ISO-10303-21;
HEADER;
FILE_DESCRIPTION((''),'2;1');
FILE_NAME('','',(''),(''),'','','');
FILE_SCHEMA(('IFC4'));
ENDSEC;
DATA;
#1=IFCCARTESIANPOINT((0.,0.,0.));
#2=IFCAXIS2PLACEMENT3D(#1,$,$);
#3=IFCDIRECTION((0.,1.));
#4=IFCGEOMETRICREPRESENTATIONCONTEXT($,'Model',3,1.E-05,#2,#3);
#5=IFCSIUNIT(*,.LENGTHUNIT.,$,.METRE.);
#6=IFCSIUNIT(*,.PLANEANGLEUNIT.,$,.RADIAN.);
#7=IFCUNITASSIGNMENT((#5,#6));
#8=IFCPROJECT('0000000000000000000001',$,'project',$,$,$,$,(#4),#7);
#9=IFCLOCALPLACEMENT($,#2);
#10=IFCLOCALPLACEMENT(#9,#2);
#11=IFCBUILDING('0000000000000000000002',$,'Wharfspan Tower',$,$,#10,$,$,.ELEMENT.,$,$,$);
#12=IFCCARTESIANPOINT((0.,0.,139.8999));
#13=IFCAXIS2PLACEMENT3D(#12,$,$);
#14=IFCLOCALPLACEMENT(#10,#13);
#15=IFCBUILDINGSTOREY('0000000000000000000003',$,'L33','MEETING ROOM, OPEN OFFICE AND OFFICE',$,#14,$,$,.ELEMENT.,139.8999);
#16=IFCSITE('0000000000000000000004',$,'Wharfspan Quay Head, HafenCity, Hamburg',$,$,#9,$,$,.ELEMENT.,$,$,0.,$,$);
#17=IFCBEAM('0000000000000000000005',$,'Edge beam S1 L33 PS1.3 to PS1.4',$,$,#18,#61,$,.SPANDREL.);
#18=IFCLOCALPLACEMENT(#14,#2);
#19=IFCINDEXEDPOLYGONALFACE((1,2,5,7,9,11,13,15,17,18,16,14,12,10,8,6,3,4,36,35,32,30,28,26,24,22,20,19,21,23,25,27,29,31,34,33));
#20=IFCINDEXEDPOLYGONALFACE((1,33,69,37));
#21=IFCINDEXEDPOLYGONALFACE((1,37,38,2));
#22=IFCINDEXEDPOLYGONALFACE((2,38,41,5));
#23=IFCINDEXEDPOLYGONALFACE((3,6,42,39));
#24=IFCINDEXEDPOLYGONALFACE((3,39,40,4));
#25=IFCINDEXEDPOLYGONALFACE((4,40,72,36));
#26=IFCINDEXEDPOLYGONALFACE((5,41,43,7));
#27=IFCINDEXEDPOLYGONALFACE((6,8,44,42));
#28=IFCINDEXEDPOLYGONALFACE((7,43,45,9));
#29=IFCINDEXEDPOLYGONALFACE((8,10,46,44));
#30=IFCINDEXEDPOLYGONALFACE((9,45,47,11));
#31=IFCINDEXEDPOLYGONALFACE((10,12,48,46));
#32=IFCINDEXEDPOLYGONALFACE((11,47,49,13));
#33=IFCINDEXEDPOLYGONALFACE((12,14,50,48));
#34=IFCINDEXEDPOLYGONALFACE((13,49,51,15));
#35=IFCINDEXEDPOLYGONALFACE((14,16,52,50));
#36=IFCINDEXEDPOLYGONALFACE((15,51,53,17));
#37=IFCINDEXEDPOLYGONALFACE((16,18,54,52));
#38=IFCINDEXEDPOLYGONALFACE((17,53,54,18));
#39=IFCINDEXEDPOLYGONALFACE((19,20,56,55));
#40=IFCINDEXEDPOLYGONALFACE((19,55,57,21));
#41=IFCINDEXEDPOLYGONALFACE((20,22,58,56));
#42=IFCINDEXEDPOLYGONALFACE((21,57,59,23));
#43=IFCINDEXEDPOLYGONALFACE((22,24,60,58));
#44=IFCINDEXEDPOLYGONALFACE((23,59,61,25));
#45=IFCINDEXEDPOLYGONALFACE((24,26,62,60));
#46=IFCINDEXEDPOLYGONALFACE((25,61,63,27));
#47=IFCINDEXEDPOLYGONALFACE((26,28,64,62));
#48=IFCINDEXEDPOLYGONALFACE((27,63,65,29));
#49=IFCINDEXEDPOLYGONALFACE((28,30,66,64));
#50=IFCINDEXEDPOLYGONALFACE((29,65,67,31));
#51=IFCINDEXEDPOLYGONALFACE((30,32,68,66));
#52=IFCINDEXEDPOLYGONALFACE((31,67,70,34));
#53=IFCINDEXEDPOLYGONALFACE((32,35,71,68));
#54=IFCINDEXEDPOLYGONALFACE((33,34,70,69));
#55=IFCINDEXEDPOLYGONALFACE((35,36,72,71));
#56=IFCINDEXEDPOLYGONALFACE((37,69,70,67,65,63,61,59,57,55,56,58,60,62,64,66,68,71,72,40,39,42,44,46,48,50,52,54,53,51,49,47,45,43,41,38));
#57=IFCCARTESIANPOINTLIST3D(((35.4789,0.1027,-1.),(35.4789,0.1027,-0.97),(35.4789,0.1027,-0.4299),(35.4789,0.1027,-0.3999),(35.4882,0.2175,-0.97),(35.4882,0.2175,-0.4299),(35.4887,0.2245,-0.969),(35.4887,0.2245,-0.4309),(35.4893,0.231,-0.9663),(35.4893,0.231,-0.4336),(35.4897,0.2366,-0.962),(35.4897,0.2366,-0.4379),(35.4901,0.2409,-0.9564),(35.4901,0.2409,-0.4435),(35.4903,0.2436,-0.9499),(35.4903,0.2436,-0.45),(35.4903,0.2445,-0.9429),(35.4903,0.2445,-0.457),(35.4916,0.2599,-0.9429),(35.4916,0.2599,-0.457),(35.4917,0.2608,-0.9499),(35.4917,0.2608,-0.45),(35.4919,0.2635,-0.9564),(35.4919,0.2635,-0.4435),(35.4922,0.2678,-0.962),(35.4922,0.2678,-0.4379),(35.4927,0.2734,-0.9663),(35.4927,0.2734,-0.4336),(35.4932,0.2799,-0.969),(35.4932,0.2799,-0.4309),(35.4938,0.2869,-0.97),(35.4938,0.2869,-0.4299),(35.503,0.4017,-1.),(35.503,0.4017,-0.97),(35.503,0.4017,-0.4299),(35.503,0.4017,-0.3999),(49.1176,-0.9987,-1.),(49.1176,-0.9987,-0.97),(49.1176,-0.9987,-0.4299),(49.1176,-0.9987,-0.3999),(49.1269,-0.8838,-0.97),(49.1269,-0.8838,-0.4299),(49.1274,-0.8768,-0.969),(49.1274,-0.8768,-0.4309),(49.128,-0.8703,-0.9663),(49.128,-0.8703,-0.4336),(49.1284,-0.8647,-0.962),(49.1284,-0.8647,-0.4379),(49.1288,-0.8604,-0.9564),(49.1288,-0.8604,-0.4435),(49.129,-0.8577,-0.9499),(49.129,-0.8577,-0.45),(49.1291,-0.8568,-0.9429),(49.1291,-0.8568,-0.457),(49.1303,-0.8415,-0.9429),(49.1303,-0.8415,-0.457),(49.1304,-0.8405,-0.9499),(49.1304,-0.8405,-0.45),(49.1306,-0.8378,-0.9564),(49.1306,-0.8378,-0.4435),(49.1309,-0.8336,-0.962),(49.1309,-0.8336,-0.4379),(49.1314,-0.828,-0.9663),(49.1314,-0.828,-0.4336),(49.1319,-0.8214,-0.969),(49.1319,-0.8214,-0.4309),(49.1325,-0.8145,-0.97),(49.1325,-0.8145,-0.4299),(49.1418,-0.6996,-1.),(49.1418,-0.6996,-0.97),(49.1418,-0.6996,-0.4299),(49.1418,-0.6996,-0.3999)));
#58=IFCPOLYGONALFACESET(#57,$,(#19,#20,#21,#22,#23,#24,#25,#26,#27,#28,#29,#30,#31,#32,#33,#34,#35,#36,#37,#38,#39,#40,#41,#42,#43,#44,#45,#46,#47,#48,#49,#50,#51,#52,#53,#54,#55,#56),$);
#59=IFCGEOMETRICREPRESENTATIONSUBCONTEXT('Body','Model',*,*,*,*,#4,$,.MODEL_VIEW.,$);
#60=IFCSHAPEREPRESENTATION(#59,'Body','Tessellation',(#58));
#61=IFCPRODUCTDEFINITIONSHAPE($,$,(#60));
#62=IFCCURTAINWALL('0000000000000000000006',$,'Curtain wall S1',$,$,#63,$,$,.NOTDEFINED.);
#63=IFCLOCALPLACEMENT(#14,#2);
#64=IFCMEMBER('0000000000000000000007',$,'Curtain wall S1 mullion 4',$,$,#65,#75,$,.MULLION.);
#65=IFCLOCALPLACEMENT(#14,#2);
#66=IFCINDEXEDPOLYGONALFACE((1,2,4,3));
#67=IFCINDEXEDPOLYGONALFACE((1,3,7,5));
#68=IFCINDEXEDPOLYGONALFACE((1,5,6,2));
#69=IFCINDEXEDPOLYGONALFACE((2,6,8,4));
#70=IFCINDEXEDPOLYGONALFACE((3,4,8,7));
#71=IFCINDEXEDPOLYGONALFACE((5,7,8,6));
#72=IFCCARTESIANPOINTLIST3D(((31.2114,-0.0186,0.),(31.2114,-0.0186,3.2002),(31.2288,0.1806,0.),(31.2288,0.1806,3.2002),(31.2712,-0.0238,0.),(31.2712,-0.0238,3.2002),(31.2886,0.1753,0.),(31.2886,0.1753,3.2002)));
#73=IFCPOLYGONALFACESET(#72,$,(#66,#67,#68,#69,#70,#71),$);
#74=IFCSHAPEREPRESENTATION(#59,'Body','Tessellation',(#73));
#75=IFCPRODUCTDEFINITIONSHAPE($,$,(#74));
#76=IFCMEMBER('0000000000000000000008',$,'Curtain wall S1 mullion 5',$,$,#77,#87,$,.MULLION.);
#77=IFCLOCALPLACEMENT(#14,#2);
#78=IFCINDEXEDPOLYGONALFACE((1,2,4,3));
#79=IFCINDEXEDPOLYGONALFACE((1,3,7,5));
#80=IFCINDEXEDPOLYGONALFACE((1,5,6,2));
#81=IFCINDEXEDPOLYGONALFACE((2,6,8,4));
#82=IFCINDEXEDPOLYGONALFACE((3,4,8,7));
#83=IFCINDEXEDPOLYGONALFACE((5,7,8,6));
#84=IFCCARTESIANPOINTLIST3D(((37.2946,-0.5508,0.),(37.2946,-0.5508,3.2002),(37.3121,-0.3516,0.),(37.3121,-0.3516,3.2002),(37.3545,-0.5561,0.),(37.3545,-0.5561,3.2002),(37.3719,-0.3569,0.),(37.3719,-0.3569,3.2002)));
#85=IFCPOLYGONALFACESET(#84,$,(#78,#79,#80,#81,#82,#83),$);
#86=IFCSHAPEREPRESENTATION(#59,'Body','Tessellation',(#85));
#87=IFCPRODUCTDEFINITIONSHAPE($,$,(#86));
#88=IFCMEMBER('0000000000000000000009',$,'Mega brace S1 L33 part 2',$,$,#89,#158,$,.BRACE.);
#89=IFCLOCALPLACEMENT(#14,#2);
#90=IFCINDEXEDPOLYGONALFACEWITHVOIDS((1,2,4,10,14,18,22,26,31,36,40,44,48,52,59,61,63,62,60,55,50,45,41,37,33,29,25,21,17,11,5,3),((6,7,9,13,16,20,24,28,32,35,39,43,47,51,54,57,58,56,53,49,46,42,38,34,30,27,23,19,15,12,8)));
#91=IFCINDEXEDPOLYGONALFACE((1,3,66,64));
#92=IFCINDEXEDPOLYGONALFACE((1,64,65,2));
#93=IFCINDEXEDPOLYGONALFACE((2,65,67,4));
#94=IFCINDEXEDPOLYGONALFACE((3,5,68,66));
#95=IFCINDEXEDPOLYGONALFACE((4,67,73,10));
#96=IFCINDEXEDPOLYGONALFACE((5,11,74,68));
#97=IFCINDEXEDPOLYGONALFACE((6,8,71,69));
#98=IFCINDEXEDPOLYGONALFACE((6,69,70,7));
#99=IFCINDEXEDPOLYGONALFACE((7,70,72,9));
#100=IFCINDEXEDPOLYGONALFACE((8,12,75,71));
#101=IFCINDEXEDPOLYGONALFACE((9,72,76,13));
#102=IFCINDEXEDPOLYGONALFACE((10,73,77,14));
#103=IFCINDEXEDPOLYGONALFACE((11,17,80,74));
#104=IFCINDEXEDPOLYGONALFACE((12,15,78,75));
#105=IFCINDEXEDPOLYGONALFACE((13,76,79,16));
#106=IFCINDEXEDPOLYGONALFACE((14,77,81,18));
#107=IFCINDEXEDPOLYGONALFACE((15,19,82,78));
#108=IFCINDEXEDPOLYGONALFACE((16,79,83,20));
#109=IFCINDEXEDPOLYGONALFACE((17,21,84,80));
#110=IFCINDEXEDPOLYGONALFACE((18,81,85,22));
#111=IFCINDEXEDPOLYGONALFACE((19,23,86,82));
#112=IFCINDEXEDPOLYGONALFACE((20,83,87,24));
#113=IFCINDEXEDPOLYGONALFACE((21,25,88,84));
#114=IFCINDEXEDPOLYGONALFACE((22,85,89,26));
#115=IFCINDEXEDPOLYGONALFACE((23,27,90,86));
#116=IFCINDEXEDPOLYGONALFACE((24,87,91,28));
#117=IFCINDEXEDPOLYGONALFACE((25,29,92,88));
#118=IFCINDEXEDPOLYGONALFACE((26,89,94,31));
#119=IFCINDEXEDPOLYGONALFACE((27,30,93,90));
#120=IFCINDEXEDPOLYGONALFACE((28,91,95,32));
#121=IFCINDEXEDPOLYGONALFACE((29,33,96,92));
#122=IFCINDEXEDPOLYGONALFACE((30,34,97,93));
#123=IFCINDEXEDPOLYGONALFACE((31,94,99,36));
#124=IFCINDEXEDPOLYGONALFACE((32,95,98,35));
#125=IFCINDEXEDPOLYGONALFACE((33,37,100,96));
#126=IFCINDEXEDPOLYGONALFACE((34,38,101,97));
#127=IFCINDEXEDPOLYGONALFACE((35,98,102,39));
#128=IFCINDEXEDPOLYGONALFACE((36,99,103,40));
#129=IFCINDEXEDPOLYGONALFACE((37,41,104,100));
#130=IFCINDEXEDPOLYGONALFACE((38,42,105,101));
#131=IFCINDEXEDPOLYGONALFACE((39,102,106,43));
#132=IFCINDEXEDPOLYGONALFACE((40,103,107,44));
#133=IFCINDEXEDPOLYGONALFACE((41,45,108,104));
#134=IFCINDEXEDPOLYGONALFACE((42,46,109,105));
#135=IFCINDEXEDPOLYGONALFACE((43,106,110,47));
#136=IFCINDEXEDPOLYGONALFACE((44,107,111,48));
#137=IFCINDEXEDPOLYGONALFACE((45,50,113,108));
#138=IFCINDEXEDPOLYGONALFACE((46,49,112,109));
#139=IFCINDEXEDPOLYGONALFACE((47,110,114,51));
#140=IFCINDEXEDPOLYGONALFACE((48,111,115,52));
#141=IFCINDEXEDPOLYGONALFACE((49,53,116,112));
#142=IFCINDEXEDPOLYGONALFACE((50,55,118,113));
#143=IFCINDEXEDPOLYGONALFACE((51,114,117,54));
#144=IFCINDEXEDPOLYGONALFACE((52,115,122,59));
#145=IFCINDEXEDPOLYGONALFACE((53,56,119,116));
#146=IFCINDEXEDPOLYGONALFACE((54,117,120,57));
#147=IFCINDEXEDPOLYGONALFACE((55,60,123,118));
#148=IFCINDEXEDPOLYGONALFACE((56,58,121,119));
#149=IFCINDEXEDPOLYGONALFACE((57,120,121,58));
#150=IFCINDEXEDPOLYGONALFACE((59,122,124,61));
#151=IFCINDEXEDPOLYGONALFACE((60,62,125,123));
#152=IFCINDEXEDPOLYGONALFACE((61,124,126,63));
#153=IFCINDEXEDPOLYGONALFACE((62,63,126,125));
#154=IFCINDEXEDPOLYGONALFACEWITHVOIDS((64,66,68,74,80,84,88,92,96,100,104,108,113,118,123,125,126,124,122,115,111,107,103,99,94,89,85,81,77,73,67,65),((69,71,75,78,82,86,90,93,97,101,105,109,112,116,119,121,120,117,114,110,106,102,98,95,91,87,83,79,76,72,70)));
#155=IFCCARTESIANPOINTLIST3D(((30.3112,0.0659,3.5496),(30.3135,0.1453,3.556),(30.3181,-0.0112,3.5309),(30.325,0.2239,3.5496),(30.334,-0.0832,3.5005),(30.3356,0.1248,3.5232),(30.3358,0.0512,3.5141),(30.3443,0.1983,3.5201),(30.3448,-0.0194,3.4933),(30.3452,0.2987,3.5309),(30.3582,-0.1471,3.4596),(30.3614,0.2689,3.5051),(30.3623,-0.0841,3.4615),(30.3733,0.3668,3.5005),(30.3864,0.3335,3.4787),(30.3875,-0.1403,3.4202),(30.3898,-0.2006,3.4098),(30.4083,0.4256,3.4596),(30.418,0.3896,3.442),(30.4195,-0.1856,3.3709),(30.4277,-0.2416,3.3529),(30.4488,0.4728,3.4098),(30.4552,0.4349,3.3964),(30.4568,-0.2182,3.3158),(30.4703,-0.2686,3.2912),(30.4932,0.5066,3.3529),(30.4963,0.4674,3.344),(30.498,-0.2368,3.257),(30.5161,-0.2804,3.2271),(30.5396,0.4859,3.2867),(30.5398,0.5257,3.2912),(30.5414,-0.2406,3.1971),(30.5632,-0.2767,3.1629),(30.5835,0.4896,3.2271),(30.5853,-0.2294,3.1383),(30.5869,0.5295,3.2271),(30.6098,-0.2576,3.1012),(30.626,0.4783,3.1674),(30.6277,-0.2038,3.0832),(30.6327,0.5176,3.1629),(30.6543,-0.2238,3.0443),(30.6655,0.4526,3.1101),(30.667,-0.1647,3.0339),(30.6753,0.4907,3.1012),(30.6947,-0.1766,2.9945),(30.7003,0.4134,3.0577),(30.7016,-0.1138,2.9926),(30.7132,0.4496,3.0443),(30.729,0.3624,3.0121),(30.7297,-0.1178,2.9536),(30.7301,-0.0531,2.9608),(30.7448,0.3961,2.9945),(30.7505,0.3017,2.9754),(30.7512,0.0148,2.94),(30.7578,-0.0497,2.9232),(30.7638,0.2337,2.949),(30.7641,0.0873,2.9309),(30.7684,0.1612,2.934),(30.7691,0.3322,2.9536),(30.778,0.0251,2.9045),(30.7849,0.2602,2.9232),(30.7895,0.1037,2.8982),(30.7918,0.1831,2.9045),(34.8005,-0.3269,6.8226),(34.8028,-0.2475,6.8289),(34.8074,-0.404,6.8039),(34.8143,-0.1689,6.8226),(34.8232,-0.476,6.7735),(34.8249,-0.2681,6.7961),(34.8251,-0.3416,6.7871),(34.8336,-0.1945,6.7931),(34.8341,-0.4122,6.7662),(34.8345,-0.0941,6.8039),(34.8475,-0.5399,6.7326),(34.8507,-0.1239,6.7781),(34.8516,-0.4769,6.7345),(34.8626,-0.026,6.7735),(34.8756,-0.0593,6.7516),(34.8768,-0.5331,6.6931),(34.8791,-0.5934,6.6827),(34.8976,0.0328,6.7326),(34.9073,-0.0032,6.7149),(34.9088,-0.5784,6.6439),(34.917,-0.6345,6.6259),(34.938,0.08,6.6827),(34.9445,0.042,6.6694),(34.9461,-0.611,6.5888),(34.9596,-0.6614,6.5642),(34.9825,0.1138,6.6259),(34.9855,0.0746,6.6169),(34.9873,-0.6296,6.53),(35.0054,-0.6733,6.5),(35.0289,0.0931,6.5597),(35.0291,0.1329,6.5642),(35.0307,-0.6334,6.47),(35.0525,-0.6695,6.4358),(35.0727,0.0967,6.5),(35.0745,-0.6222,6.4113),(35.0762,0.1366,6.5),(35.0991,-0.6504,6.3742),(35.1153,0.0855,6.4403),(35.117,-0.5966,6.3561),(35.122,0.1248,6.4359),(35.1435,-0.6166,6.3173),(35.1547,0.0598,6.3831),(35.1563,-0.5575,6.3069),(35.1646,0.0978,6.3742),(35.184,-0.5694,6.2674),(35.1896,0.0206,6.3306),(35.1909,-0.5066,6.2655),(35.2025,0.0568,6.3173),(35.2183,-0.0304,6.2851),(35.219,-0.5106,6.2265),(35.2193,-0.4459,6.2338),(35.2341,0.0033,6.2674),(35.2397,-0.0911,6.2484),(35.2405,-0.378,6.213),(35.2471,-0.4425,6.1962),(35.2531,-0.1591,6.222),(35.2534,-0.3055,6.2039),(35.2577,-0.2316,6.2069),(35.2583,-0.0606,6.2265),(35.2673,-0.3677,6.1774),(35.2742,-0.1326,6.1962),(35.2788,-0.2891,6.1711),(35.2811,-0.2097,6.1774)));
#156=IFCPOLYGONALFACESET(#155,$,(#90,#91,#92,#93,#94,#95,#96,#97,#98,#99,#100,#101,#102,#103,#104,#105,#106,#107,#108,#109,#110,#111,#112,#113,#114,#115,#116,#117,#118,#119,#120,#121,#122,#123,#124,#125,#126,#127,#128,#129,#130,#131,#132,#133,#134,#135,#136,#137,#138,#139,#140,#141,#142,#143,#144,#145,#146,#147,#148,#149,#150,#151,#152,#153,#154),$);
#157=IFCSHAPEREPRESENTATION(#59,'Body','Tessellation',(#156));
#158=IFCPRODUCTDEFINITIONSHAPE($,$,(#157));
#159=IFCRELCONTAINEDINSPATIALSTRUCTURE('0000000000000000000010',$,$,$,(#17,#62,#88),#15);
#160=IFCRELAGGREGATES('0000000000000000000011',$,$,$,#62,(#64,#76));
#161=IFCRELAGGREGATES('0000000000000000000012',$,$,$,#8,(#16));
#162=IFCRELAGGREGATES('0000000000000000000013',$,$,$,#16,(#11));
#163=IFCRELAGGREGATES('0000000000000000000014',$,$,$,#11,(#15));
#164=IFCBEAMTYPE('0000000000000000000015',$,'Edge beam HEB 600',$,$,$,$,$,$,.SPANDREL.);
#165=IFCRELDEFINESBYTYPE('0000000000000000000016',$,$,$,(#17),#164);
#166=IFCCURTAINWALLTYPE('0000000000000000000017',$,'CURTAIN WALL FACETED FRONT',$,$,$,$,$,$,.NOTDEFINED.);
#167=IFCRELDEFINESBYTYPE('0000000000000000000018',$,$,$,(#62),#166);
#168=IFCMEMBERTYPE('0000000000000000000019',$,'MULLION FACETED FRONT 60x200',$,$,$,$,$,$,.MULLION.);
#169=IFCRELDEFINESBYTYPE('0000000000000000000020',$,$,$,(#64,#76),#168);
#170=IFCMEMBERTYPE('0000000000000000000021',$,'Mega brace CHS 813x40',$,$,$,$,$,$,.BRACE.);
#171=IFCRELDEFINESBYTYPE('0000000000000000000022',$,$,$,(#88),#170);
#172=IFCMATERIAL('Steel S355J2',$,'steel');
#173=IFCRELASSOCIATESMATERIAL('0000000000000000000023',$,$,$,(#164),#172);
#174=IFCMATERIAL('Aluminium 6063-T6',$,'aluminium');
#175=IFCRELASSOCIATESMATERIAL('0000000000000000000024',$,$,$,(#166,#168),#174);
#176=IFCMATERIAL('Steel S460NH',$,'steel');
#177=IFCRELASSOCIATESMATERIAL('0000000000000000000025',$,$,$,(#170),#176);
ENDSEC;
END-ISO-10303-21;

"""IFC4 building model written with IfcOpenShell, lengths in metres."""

from ifc_helpers import new_model, si_unit, direction, frame, origin, origin_2d, place, context, subcontext, project, spatial, rectangle, hollow_circle, i_section, extrude, material, material_profile, profile_set, type_object, element, aggregate, save


model = new_model("IFC4")

# Units and contexts
model_context = context("Model", 3, precision=1e-05, world=origin(), true_north=direction((0.0, 1.0)))
body_context = subcontext(model_context, "Body", "Model", "MODEL_VIEW")
ifc_project = project(units=[si_unit("LENGTHUNIT", "METRE"), si_unit("PLANEANGLEUNIT", "RADIAN")], contexts=[model_context])

# Site, building, storey
site_placement = place(None, origin())
site = spatial("IfcSite", under=ifc_project, at=site_placement, Name="Wharfspan Quay Head, HafenCity, Hamburg", CompositionType="ELEMENT", RefElevation=0.0)
building_placement = place(site_placement, origin())
building = spatial("IfcBuilding", under=site, at=building_placement, Name="Wharfspan Tower", CompositionType="ELEMENT")
storey_placement = place(building_placement, frame((0.0, 0.0, 139.8999)))
storey = spatial("IfcBuildingStorey", under=building, at=storey_placement, Name="L33", Description="MEETING ROOM, OPEN OFFICE AND OFFICE", CompositionType="ELEMENT", Elevation=139.8999)

# Shared definitions
ifc_material_1 = material(Name="Steel S355J2", Category="steel")

# Beam
ifc_material_profile_1 = material_profile(ifc_material_1, i_section(OverallWidth=0.3, OverallDepth=0.6001, WebThickness=0.0154, FlangeThickness=0.03, FilletRadius=0.0271, at=origin_2d()))
ifc_profile_set_1 = profile_set([ifc_material_profile_1], Name="Steel S355J2")
beam_type = type_object("IfcBeamType", Name="Edge beam HEB 600", PredefinedType="SPANDREL", material=ifc_profile_set_1)
beam_1_placement = place(storey_placement, frame((35.491, 0.2522, -0.7), z_axis=(0.996756, -0.080488, 0.0), x_axis=(0.080488, 0.996756, 0.0)))
element("IfcBeam", 1, at=beam_1_placement, inside=storey, type_object=beam_type, Name="Edge beam S1 L33 PS1.3 to PS1.4", PredefinedType="SPANDREL", context=body_context, shape_type="SweptSolid", body=[
    extrude(i_section(OverallWidth=0.3, OverallDepth=0.6001, WebThickness=0.0154, FlangeThickness=0.03, FilletRadius=0.0271, at=origin_2d()), origin(), (0.0, 0.0, 1.0), 13.6831),
])

# Curtain wall, members
ifc_material_2 = material(Name="Aluminium 6063-T6", Category="aluminium")
curtain_wall_type = type_object("IfcCurtainWallType", Name="CURTAIN WALL FACETED FRONT", PredefinedType="NOTDEFINED", material=ifc_material_2)
curtain_wall_placement = place(storey_placement, origin())
curtain_wall = element("IfcCurtainWall", 2, at=curtain_wall_placement, inside=storey, type_object=curtain_wall_type, Name="Curtain wall S1", PredefinedType="NOTDEFINED")
ifc_material_profile_2 = material_profile(ifc_material_2, rectangle(XDim=0.2, YDim=0.0601, at=origin_2d()))
ifc_profile_set_2 = profile_set([ifc_material_profile_2], Name="Aluminium 6063-T6")
member_type_1 = type_object("IfcMemberType", Name="MULLION FACETED FRONT 60x200", PredefinedType="MULLION", material=ifc_profile_set_2)
member_1_placement = place(storey_placement, frame((31.25, 0.0784, 0.0), z_axis=(0.0, 0.0, 1.0), x_axis=(0.087156, 0.996198, 0.0)))
member_1 = element("IfcMember", 3, at=member_1_placement, type_object=member_type_1, Name="Curtain wall S1 mullion 4", PredefinedType="MULLION", context=body_context, shape_type="SweptSolid", body=[
    extrude(rectangle(XDim=0.2, YDim=0.0601, at=origin_2d()), origin(), (0.0, 0.0, 1.0), 3.2002),
])
member_2_placement = place(storey_placement, frame((37.3333, -0.4539, 0.0), z_axis=(0.0, 0.0, 1.0), x_axis=(0.087156, 0.996198, 0.0)))
member_2 = element("IfcMember", 4, at=member_2_placement, type_object=member_type_1, Name="Curtain wall S1 mullion 5", PredefinedType="MULLION", context=body_context, shape_type="SweptSolid", body=[
    extrude(rectangle(XDim=0.2, YDim=0.0601, at=origin_2d()), origin(), (0.0, 0.0, 1.0), 3.2002),
])

# Member
ifc_material_3 = material(Name="Steel S460NH", Category="steel")
ifc_material_profile_3 = material_profile(ifc_material_3, hollow_circle(Radius=0.4065, WallThickness=0.04, at=origin_2d()))
ifc_profile_set_3 = profile_set([ifc_material_profile_3], Name="Steel S460NH")
member_type_2 = type_object("IfcMemberType", Name="Mega brace CHS 813x40", PredefinedType="BRACE", material=ifc_profile_set_3)
member_3_placement = place(storey_placement, frame((30.5515, 0.1245, 3.2271), z_axis=(0.806035, -0.07053, 0.58765), x_axis=(0.087168, 0.996195, 0.000002)))
element("IfcMember", 5, at=member_3_placement, inside=storey, type_object=member_type_2, Name="Mega brace S1 L33 part 2", PredefinedType="BRACE", context=body_context, shape_type="SweptSolid", body=[
    extrude(hollow_circle(Radius=0.4065, WallThickness=0.04, at=origin_2d()), origin(), (0.0, 0.0, 1.0), 5.5696),
])

aggregate(curtain_wall, [member_1, member_2])

save(model, "model.ifc")
